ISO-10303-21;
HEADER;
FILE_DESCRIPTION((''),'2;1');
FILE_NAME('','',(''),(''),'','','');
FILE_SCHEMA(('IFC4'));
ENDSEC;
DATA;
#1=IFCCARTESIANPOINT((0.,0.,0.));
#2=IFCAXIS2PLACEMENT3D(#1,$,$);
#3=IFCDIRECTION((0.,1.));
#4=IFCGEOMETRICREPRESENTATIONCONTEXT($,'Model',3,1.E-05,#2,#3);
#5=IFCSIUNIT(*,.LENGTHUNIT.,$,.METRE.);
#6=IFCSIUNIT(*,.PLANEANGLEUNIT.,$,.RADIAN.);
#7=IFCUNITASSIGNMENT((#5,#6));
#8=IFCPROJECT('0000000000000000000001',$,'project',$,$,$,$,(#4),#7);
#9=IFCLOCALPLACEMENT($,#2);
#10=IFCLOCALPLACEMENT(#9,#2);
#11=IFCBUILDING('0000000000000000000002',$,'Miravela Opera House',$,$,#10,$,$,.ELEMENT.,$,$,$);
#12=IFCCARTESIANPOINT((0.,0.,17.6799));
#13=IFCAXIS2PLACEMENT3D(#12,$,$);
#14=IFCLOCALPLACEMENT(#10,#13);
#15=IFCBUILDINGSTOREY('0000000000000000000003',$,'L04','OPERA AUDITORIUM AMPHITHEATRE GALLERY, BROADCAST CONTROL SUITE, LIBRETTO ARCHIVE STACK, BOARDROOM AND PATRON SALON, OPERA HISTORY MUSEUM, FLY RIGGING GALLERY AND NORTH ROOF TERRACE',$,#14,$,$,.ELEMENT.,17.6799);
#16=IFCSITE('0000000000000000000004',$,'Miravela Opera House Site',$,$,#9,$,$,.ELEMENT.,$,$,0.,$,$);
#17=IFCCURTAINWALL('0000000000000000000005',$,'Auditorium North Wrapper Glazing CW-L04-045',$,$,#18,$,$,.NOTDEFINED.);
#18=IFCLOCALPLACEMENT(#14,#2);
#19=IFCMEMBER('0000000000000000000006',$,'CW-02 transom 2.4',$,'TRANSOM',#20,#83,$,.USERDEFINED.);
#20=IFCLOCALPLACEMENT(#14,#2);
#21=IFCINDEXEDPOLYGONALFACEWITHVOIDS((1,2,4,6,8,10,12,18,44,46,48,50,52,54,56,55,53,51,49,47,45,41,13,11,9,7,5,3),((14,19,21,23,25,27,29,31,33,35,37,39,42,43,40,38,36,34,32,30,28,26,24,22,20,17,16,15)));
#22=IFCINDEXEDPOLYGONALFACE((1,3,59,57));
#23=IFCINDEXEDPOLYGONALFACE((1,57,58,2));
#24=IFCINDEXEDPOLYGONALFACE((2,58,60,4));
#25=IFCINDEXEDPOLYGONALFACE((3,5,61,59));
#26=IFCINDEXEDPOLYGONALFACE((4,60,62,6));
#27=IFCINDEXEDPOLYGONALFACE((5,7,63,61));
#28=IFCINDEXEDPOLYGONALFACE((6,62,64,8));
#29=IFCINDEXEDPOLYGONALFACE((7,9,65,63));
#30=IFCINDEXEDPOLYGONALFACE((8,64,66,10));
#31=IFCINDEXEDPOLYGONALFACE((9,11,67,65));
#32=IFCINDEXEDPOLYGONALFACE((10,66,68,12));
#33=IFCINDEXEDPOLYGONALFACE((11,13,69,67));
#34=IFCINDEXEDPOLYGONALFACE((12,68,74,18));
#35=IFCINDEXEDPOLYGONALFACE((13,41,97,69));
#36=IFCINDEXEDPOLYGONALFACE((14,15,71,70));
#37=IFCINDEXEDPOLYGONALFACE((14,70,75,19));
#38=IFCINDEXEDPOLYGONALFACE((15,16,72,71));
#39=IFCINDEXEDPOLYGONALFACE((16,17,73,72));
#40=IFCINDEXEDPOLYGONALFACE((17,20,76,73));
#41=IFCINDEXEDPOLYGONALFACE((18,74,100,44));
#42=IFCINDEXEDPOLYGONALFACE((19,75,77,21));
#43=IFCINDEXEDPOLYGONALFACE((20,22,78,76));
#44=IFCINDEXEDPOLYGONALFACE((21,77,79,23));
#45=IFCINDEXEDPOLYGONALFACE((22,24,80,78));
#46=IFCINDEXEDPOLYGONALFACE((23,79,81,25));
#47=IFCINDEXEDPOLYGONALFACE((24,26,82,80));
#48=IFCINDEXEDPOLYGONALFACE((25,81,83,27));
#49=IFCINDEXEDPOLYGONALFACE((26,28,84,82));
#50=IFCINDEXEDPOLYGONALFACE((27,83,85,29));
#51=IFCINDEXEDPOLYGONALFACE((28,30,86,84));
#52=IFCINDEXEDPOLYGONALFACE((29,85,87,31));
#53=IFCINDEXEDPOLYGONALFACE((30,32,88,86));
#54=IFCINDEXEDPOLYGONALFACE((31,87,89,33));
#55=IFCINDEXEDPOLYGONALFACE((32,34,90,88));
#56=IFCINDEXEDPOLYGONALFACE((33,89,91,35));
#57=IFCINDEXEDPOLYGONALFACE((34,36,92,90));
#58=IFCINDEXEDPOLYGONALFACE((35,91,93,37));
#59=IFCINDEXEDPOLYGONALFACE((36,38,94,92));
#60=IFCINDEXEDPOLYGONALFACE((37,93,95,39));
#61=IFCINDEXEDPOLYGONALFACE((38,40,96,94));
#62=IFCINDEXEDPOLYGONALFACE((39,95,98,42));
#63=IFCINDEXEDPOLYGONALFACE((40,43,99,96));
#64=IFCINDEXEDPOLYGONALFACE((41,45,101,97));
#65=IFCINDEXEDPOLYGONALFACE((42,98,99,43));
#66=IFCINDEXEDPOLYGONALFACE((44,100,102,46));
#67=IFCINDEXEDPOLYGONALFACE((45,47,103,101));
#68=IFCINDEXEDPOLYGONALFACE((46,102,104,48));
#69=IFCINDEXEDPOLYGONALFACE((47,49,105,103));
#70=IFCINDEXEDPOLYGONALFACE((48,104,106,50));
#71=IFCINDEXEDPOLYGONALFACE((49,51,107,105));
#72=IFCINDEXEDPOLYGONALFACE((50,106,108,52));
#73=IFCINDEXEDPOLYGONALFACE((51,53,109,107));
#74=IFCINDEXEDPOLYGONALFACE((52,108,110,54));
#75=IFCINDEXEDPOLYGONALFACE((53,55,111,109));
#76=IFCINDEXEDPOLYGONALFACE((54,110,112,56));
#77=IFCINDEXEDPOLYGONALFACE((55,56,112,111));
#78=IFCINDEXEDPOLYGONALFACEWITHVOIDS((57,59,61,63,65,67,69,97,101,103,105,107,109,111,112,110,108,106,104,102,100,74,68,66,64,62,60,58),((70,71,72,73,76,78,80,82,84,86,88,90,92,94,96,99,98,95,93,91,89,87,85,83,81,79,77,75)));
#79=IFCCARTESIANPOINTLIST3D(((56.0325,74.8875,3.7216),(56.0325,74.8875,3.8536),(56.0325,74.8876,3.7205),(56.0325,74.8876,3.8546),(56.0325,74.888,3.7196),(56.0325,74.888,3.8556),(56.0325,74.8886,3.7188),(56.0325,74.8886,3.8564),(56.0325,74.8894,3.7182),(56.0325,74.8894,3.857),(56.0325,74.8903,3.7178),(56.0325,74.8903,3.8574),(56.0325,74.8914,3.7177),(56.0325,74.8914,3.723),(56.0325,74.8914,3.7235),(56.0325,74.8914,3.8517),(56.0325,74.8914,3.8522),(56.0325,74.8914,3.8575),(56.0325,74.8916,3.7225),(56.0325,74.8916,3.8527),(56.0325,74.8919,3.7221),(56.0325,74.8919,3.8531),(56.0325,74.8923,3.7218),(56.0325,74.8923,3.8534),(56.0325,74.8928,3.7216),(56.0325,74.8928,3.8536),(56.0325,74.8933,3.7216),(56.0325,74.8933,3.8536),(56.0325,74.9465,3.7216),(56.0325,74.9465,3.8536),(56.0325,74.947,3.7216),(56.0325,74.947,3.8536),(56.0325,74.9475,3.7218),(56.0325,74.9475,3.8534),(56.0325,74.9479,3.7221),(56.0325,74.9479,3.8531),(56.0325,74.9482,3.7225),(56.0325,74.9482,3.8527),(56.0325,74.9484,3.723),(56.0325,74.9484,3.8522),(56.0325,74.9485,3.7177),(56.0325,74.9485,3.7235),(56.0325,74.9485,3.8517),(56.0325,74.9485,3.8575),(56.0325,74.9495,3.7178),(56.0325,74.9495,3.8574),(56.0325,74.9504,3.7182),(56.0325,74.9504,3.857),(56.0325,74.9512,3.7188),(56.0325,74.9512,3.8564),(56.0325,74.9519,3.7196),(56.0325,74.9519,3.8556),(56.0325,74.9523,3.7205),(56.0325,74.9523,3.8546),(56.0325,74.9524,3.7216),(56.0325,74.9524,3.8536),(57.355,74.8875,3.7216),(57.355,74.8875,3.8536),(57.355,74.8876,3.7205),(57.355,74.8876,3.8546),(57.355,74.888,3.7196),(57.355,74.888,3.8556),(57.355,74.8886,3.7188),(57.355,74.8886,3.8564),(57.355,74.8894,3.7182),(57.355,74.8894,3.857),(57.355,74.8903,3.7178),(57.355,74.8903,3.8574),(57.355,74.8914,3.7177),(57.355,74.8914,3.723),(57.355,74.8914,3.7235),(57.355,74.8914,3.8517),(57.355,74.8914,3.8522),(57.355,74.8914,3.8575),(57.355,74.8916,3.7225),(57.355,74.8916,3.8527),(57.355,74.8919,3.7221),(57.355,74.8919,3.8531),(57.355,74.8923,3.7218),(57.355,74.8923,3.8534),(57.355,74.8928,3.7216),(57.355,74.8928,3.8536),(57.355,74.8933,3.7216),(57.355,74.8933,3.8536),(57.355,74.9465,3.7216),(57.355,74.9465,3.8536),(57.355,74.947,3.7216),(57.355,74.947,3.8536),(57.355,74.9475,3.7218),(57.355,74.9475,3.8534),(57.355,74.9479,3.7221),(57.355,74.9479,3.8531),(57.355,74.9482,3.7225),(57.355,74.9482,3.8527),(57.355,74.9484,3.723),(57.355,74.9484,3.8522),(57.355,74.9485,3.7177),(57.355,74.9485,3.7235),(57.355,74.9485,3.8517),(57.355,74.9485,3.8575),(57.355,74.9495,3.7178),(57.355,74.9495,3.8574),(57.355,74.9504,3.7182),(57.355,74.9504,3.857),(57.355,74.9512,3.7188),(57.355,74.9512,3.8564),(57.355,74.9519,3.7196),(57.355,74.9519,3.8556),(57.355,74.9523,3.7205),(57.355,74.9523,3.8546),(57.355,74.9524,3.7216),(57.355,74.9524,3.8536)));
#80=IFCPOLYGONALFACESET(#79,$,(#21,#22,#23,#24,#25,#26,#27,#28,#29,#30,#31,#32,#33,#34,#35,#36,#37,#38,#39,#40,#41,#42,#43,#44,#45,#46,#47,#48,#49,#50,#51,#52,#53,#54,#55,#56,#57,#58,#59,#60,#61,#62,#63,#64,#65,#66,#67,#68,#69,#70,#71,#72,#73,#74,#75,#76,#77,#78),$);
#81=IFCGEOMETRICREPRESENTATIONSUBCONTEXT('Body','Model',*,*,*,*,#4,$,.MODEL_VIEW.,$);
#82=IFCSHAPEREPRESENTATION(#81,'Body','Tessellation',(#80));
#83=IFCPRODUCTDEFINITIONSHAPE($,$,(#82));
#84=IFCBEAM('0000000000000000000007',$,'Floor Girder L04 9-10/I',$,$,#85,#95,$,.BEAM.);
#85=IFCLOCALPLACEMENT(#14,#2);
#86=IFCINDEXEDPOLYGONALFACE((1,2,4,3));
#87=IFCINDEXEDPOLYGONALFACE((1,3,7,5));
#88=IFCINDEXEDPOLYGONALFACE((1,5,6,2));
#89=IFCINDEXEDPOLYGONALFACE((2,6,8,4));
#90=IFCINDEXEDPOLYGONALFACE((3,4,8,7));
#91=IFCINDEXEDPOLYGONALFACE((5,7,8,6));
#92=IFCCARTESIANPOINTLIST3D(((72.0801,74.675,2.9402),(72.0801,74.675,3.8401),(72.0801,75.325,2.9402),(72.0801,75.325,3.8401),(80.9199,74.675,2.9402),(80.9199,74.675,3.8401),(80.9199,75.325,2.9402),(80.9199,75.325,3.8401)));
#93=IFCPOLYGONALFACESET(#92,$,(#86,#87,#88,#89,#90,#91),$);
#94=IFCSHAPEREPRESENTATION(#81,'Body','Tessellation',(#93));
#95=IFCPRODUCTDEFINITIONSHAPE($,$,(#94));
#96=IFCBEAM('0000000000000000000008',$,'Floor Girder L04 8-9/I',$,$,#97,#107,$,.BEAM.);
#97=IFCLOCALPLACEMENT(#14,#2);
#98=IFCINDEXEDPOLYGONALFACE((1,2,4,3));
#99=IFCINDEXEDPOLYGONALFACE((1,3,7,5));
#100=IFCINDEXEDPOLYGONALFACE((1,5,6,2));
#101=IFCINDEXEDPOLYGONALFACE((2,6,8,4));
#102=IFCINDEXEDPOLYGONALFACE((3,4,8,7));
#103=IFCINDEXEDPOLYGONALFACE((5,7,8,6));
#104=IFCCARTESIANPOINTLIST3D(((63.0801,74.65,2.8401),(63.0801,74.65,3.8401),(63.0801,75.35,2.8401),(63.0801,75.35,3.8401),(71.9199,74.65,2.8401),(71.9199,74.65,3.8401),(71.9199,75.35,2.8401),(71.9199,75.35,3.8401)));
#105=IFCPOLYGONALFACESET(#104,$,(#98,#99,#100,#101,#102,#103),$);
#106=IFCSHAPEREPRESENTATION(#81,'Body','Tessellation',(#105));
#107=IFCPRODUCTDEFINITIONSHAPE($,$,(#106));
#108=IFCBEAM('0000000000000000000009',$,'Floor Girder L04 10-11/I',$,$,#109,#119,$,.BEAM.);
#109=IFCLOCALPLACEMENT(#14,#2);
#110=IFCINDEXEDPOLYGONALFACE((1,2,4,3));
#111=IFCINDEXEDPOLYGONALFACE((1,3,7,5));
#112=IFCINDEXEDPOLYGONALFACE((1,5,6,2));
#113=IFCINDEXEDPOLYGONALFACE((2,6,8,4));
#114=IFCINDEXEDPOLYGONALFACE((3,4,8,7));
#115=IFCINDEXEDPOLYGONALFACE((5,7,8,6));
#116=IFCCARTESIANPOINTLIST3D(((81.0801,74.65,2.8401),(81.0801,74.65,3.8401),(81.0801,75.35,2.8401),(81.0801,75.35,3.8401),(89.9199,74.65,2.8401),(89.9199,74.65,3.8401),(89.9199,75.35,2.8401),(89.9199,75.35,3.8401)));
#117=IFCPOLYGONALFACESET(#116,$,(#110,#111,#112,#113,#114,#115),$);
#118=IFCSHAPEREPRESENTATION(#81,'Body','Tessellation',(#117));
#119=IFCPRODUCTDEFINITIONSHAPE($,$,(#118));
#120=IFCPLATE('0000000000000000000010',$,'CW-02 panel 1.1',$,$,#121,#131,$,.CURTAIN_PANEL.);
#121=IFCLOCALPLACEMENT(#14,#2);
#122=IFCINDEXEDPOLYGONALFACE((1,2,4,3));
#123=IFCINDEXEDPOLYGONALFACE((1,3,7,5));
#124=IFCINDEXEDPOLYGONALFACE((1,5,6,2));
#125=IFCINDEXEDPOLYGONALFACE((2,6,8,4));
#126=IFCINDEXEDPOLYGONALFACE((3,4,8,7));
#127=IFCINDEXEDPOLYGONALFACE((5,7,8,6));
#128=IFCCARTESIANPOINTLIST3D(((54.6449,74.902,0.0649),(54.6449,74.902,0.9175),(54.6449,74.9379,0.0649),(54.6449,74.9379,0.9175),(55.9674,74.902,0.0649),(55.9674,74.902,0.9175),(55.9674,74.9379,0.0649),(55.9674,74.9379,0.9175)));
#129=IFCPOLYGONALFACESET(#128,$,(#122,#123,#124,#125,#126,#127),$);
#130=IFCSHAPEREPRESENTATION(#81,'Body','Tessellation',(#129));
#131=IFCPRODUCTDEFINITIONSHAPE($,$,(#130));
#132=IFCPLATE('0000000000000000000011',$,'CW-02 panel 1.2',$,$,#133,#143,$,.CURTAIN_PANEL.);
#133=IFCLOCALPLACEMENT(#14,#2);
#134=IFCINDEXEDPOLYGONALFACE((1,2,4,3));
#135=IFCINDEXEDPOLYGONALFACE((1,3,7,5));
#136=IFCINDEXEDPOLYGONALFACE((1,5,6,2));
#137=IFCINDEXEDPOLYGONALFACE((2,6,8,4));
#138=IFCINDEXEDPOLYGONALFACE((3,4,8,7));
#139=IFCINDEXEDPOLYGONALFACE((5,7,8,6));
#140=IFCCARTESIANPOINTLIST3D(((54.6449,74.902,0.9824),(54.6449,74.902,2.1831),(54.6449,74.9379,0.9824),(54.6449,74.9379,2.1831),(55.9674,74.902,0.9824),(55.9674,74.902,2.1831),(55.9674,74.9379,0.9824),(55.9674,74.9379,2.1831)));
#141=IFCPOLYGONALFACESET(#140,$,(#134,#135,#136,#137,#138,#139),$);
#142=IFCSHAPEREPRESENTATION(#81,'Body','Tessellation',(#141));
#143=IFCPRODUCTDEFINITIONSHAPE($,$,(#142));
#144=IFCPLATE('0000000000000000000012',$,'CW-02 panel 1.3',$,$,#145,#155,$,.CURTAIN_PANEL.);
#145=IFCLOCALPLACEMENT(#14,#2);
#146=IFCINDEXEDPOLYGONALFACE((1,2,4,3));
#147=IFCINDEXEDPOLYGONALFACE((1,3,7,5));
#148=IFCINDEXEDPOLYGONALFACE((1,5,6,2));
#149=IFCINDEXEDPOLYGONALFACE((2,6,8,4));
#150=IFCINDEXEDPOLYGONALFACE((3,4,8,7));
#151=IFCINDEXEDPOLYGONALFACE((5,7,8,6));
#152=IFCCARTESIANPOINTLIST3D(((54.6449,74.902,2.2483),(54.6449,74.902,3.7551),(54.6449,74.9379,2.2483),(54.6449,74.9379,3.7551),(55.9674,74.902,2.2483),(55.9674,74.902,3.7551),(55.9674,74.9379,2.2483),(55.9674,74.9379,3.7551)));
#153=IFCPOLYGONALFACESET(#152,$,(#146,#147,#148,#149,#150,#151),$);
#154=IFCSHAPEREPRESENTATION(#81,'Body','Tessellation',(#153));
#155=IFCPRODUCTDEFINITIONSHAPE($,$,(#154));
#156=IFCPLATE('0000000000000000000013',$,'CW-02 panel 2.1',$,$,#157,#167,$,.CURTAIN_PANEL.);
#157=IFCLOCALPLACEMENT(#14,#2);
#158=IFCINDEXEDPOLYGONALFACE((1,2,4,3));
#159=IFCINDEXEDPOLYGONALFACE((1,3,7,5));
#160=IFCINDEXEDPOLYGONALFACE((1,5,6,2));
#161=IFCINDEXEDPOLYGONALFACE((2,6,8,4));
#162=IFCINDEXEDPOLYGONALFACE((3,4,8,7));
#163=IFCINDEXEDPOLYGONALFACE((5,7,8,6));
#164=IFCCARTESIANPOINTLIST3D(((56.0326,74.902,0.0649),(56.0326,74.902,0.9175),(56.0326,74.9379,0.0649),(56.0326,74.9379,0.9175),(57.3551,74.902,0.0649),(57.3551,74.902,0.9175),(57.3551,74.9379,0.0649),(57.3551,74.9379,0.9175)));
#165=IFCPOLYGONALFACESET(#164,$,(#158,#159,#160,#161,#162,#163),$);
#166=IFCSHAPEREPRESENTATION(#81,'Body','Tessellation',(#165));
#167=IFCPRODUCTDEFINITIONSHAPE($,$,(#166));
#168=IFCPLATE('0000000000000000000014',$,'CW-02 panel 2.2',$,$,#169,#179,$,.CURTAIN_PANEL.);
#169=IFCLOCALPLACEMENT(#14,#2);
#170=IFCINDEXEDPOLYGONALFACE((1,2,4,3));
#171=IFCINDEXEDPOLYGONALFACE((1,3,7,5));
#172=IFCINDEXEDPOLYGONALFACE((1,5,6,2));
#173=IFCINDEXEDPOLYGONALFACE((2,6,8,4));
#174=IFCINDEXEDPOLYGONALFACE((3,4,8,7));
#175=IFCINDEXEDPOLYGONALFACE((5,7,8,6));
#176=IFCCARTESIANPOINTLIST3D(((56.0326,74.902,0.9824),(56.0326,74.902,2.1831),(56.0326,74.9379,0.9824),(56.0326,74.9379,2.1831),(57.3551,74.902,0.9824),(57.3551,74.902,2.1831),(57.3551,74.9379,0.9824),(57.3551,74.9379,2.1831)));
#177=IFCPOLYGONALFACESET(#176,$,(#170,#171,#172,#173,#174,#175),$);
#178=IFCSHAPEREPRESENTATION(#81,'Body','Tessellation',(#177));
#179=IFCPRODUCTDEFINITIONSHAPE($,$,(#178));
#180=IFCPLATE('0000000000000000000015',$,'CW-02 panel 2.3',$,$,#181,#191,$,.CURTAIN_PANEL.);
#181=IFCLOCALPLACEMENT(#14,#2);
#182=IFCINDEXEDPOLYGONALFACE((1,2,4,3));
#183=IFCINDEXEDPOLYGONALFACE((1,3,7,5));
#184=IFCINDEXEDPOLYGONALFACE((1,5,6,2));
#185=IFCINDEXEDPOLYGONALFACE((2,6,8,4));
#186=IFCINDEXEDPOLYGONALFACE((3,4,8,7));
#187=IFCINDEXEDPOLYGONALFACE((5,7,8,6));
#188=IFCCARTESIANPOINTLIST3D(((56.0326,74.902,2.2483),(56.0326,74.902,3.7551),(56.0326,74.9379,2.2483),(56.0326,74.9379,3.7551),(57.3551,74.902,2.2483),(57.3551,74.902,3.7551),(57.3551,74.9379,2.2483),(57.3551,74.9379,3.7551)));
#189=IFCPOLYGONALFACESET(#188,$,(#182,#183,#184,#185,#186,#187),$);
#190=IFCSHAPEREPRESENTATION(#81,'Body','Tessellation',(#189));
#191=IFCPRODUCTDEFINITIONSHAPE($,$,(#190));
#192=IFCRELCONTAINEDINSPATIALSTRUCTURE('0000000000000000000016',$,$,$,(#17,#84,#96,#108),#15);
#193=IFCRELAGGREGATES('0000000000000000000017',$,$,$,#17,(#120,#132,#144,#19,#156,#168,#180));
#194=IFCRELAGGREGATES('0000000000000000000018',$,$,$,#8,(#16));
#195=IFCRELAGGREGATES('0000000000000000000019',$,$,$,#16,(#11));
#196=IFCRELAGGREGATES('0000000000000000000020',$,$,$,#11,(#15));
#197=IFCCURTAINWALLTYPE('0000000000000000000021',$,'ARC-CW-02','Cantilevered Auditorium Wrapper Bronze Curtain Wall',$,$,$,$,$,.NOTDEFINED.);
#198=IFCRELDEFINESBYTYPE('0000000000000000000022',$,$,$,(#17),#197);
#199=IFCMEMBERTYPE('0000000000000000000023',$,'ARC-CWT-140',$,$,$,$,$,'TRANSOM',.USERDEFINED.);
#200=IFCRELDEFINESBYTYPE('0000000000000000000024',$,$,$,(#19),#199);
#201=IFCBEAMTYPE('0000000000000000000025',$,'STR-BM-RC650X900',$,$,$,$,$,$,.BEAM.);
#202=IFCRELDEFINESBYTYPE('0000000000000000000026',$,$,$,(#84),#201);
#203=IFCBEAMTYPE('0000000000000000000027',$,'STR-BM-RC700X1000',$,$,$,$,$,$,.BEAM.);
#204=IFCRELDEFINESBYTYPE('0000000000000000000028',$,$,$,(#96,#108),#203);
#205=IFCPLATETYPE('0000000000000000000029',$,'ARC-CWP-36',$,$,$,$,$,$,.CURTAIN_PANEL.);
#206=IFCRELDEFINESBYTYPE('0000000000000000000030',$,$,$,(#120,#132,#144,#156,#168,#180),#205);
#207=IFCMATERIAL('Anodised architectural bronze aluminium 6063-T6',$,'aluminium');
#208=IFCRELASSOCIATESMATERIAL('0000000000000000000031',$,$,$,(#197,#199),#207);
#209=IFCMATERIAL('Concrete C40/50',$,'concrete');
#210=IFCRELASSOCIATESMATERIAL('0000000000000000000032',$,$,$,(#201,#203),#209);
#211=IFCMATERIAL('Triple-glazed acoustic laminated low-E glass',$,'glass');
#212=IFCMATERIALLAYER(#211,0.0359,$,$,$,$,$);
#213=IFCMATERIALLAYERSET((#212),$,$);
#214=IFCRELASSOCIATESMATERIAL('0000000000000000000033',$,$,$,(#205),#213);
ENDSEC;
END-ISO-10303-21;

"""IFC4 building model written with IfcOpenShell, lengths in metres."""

from ifc_helpers import new_model, si_unit, direction, frame, origin, origin_2d, place, context, subcontext, project, spatial, rectangle, hollow_rectangle, extrude, material, layer, layer_set, material_profile, profile_set, type_object, element, aggregate, save


model = new_model("IFC4")

# Units and contexts
model_context = context("Model", 3, precision=1e-05, world=origin(), true_north=direction((0.0, 1.0)))
body_context = subcontext(model_context, "Body", "Model", "MODEL_VIEW")
ifc_project = project(units=[si_unit("LENGTHUNIT", "METRE"), si_unit("PLANEANGLEUNIT", "RADIAN")], contexts=[model_context])

# Site, building, storey
site_placement = place(None, origin())
site = spatial("IfcSite", under=ifc_project, at=site_placement, Name="Miravela Opera House Site", CompositionType="ELEMENT", RefElevation=0.0)
building_placement = place(site_placement, origin())
building = spatial("IfcBuilding", under=site, at=building_placement, Name="Miravela Opera House", CompositionType="ELEMENT")
storey_placement = place(building_placement, frame((0.0, 0.0, 17.6799)))
storey = spatial("IfcBuildingStorey", under=building, at=storey_placement, Name="L04", Description="OPERA AUDITORIUM AMPHITHEATRE GALLERY, BROADCAST CONTROL SUITE, LIBRETTO ARCHIVE STACK, BOARDROOM AND PATRON SALON, OPERA HISTORY MUSEUM, FLY RIGGING GALLERY AND NORTH ROOF TERRACE", CompositionType="ELEMENT", Elevation=17.6799)

# Shared definitions
ifc_material_1 = material(Name="Concrete C40/50", Category="concrete")

# Curtain wall, member
ifc_material_2 = material(Name="Anodised architectural bronze aluminium 6063-T6", Category="aluminium")
curtain_wall_type = type_object("IfcCurtainWallType", Name="ARC-CW-02", Description="Cantilevered Auditorium Wrapper Bronze Curtain Wall", PredefinedType="NOTDEFINED", material=ifc_material_2)
curtain_wall_placement = place(storey_placement, origin())
curtain_wall = element("IfcCurtainWall", 1, at=curtain_wall_placement, inside=storey, type_object=curtain_wall_type, Name="Auditorium North Wrapper Glazing CW-L04-045", PredefinedType="NOTDEFINED")
ifc_material_profile_1 = material_profile(ifc_material_2, hollow_rectangle(XDim=0.0649, YDim=0.1399, WallThickness=0.0039, InnerFilletRadius=0.002, OuterFilletRadius=0.0039, at=origin_2d()), Name="CWT-65X140")
ifc_profile_set_1 = profile_set([ifc_material_profile_1])
member_type_1 = type_object("IfcMemberType", Name="ARC-CWT-140", ElementType="TRANSOM", PredefinedType="USERDEFINED", material=ifc_profile_set_1)
member_1_placement = place(storey_placement, frame((56.0325, 74.9199, 3.7876), z_axis=(1.0, 0.0, 0.0), x_axis=(0.0, 1.0, 0.0)))
member_1 = element("IfcMember", 2, at=member_1_placement, type_object=member_type_1, Name="CW-02 transom 2.4", ObjectType="TRANSOM", PredefinedType="USERDEFINED", context=body_context, shape_type="SweptSolid", body=[
    extrude(hollow_rectangle(XDim=0.0649, YDim=0.1399, WallThickness=0.0039, InnerFilletRadius=0.002, OuterFilletRadius=0.0039, at=origin_2d()), origin(), (0.0, 0.0, 1.0), 1.3225),
])

# Beams
ifc_material_profile_2 = material_profile(ifc_material_1, rectangle(XDim=0.6499, YDim=0.8999, at=origin_2d()), Name="RC-BM-650X900")
ifc_profile_set_2 = profile_set([ifc_material_profile_2])
beam_type_1 = type_object("IfcBeamType", Name="STR-BM-RC650X900", PredefinedType="BEAM", material=ifc_profile_set_2)
beam_placement = place(storey_placement, frame((72.0801, 75.0, 3.3901), z_axis=(1.0, 0.0, 0.0), x_axis=(0.0, 1.0, 0.0)))
element("IfcBeam", 3, at=beam_placement, inside=storey, type_object=beam_type_1, Name="Floor Girder L04 9-10/I", PredefinedType="BEAM", context=body_context, shape_type="SweptSolid", body=[
    extrude(rectangle(XDim=0.6499, YDim=0.8999, at=origin_2d()), origin(), (0.0, 0.0, 1.0), 8.8398),
])
ifc_material_profile_3 = material_profile(ifc_material_1, rectangle(XDim=0.7, YDim=1.0, at=origin_2d()), Name="RC-BM-700X1000")
ifc_profile_set_3 = profile_set([ifc_material_profile_3])
beam_type_2 = type_object("IfcBeamType", Name="STR-BM-RC700X1000", PredefinedType="BEAM", material=ifc_profile_set_3)
for number, where, z_axis, x_axis, name in (
    (4, (63.0801, 75.0, 3.3401), (1.0, 0.0, 0.0), (0.0, 1.0, 0.0), "Floor Girder L04 8-9/I"),
    (5, (81.0801, 75.0, 3.3401), (1.0, 0.0, 0.0), (0.0, 1.0, 0.0), "Floor Girder L04 10-11/I"),
):
    element("IfcBeam", number, at=place(storey_placement, frame(where, z_axis=z_axis, x_axis=x_axis)), inside=storey, type_object=beam_type_2, Name=name, PredefinedType="BEAM", context=body_context, shape_type="SweptSolid", body=[
        extrude(rectangle(XDim=0.7, YDim=1.0, at=origin_2d()), origin(), (0.0, 0.0, 1.0), 8.8398),
    ])

# Plates
ifc_material_3 = material(Name="Triple-glazed acoustic laminated low-E glass", Category="glass")
ifc_layer_1 = layer(ifc_material_3, 0.0359)
ifc_layer_set_1 = layer_set([ifc_layer_1])
plate_type = type_object("IfcPlateType", Name="ARC-CWP-36", PredefinedType="CURTAIN_PANEL", material=ifc_layer_set_1)
plate_1_placement = place(storey_placement, frame((55.3062, 74.9199, 0.0649), z_axis=(0.0, 0.0, 1.0), x_axis=(1.0, 0.0, 0.0)))
plate_1 = element("IfcPlate", 6, at=plate_1_placement, type_object=plate_type, Name="CW-02 panel 1.1", PredefinedType="CURTAIN_PANEL", context=body_context, shape_type="SweptSolid", body=[
    extrude(rectangle(XDim=1.3225, YDim=0.0359, at=origin_2d()), origin(), (0.0, 0.0, 1.0), 0.8525),
])
plate_2_placement = place(storey_placement, frame((55.3062, 74.9199, 0.9824), z_axis=(0.0, 0.0, 1.0), x_axis=(1.0, 0.0, 0.0)))
plate_2 = element("IfcPlate", 7, at=plate_2_placement, type_object=plate_type, Name="CW-02 panel 1.2", PredefinedType="CURTAIN_PANEL", context=body_context, shape_type="SweptSolid", body=[
    extrude(rectangle(XDim=1.3225, YDim=0.0359, at=origin_2d()), origin(), (0.0, 0.0, 1.0), 1.2007),
])
plate_3_placement = place(storey_placement, frame((55.3062, 74.9199, 2.2483), z_axis=(0.0, 0.0, 1.0), x_axis=(1.0, 0.0, 0.0)))
plate_3 = element("IfcPlate", 8, at=plate_3_placement, type_object=plate_type, Name="CW-02 panel 1.3", PredefinedType="CURTAIN_PANEL", context=body_context, shape_type="SweptSolid", body=[
    extrude(rectangle(XDim=1.3225, YDim=0.0359, at=origin_2d()), origin(), (0.0, 0.0, 1.0), 1.5068),
])
plate_4_placement = place(storey_placement, frame((56.6938, 74.9199, 0.0649), z_axis=(0.0, 0.0, 1.0), x_axis=(1.0, 0.0, 0.0)))
plate_4 = element("IfcPlate", 9, at=plate_4_placement, type_object=plate_type, Name="CW-02 panel 2.1", PredefinedType="CURTAIN_PANEL", context=body_context, shape_type="SweptSolid", body=[
    extrude(rectangle(XDim=1.3225, YDim=0.0359, at=origin_2d()), origin(), (0.0, 0.0, 1.0), 0.8525),
])
plate_5_placement = place(storey_placement, frame((56.6938, 74.9199, 0.9824), z_axis=(0.0, 0.0, 1.0), x_axis=(1.0, 0.0, 0.0)))
plate_5 = element("IfcPlate", 10, at=plate_5_placement, type_object=plate_type, Name="CW-02 panel 2.2", PredefinedType="CURTAIN_PANEL", context=body_context, shape_type="SweptSolid", body=[
    extrude(rectangle(XDim=1.3225, YDim=0.0359, at=origin_2d()), origin(), (0.0, 0.0, 1.0), 1.2007),
])
plate_6_placement = place(storey_placement, frame((56.6938, 74.9199, 2.2483), z_axis=(0.0, 0.0, 1.0), x_axis=(1.0, 0.0, 0.0)))
plate_6 = element("IfcPlate", 11, at=plate_6_placement, type_object=plate_type, Name="CW-02 panel 2.3", PredefinedType="CURTAIN_PANEL", context=body_context, shape_type="SweptSolid", body=[
    extrude(rectangle(XDim=1.3225, YDim=0.0359, at=origin_2d()), origin(), (0.0, 0.0, 1.0), 1.5068),
])
aggregate(curtain_wall, [plate_1, plate_2, plate_3, member_1, plate_4, plate_5, plate_6])

save(model, "model.ifc")
